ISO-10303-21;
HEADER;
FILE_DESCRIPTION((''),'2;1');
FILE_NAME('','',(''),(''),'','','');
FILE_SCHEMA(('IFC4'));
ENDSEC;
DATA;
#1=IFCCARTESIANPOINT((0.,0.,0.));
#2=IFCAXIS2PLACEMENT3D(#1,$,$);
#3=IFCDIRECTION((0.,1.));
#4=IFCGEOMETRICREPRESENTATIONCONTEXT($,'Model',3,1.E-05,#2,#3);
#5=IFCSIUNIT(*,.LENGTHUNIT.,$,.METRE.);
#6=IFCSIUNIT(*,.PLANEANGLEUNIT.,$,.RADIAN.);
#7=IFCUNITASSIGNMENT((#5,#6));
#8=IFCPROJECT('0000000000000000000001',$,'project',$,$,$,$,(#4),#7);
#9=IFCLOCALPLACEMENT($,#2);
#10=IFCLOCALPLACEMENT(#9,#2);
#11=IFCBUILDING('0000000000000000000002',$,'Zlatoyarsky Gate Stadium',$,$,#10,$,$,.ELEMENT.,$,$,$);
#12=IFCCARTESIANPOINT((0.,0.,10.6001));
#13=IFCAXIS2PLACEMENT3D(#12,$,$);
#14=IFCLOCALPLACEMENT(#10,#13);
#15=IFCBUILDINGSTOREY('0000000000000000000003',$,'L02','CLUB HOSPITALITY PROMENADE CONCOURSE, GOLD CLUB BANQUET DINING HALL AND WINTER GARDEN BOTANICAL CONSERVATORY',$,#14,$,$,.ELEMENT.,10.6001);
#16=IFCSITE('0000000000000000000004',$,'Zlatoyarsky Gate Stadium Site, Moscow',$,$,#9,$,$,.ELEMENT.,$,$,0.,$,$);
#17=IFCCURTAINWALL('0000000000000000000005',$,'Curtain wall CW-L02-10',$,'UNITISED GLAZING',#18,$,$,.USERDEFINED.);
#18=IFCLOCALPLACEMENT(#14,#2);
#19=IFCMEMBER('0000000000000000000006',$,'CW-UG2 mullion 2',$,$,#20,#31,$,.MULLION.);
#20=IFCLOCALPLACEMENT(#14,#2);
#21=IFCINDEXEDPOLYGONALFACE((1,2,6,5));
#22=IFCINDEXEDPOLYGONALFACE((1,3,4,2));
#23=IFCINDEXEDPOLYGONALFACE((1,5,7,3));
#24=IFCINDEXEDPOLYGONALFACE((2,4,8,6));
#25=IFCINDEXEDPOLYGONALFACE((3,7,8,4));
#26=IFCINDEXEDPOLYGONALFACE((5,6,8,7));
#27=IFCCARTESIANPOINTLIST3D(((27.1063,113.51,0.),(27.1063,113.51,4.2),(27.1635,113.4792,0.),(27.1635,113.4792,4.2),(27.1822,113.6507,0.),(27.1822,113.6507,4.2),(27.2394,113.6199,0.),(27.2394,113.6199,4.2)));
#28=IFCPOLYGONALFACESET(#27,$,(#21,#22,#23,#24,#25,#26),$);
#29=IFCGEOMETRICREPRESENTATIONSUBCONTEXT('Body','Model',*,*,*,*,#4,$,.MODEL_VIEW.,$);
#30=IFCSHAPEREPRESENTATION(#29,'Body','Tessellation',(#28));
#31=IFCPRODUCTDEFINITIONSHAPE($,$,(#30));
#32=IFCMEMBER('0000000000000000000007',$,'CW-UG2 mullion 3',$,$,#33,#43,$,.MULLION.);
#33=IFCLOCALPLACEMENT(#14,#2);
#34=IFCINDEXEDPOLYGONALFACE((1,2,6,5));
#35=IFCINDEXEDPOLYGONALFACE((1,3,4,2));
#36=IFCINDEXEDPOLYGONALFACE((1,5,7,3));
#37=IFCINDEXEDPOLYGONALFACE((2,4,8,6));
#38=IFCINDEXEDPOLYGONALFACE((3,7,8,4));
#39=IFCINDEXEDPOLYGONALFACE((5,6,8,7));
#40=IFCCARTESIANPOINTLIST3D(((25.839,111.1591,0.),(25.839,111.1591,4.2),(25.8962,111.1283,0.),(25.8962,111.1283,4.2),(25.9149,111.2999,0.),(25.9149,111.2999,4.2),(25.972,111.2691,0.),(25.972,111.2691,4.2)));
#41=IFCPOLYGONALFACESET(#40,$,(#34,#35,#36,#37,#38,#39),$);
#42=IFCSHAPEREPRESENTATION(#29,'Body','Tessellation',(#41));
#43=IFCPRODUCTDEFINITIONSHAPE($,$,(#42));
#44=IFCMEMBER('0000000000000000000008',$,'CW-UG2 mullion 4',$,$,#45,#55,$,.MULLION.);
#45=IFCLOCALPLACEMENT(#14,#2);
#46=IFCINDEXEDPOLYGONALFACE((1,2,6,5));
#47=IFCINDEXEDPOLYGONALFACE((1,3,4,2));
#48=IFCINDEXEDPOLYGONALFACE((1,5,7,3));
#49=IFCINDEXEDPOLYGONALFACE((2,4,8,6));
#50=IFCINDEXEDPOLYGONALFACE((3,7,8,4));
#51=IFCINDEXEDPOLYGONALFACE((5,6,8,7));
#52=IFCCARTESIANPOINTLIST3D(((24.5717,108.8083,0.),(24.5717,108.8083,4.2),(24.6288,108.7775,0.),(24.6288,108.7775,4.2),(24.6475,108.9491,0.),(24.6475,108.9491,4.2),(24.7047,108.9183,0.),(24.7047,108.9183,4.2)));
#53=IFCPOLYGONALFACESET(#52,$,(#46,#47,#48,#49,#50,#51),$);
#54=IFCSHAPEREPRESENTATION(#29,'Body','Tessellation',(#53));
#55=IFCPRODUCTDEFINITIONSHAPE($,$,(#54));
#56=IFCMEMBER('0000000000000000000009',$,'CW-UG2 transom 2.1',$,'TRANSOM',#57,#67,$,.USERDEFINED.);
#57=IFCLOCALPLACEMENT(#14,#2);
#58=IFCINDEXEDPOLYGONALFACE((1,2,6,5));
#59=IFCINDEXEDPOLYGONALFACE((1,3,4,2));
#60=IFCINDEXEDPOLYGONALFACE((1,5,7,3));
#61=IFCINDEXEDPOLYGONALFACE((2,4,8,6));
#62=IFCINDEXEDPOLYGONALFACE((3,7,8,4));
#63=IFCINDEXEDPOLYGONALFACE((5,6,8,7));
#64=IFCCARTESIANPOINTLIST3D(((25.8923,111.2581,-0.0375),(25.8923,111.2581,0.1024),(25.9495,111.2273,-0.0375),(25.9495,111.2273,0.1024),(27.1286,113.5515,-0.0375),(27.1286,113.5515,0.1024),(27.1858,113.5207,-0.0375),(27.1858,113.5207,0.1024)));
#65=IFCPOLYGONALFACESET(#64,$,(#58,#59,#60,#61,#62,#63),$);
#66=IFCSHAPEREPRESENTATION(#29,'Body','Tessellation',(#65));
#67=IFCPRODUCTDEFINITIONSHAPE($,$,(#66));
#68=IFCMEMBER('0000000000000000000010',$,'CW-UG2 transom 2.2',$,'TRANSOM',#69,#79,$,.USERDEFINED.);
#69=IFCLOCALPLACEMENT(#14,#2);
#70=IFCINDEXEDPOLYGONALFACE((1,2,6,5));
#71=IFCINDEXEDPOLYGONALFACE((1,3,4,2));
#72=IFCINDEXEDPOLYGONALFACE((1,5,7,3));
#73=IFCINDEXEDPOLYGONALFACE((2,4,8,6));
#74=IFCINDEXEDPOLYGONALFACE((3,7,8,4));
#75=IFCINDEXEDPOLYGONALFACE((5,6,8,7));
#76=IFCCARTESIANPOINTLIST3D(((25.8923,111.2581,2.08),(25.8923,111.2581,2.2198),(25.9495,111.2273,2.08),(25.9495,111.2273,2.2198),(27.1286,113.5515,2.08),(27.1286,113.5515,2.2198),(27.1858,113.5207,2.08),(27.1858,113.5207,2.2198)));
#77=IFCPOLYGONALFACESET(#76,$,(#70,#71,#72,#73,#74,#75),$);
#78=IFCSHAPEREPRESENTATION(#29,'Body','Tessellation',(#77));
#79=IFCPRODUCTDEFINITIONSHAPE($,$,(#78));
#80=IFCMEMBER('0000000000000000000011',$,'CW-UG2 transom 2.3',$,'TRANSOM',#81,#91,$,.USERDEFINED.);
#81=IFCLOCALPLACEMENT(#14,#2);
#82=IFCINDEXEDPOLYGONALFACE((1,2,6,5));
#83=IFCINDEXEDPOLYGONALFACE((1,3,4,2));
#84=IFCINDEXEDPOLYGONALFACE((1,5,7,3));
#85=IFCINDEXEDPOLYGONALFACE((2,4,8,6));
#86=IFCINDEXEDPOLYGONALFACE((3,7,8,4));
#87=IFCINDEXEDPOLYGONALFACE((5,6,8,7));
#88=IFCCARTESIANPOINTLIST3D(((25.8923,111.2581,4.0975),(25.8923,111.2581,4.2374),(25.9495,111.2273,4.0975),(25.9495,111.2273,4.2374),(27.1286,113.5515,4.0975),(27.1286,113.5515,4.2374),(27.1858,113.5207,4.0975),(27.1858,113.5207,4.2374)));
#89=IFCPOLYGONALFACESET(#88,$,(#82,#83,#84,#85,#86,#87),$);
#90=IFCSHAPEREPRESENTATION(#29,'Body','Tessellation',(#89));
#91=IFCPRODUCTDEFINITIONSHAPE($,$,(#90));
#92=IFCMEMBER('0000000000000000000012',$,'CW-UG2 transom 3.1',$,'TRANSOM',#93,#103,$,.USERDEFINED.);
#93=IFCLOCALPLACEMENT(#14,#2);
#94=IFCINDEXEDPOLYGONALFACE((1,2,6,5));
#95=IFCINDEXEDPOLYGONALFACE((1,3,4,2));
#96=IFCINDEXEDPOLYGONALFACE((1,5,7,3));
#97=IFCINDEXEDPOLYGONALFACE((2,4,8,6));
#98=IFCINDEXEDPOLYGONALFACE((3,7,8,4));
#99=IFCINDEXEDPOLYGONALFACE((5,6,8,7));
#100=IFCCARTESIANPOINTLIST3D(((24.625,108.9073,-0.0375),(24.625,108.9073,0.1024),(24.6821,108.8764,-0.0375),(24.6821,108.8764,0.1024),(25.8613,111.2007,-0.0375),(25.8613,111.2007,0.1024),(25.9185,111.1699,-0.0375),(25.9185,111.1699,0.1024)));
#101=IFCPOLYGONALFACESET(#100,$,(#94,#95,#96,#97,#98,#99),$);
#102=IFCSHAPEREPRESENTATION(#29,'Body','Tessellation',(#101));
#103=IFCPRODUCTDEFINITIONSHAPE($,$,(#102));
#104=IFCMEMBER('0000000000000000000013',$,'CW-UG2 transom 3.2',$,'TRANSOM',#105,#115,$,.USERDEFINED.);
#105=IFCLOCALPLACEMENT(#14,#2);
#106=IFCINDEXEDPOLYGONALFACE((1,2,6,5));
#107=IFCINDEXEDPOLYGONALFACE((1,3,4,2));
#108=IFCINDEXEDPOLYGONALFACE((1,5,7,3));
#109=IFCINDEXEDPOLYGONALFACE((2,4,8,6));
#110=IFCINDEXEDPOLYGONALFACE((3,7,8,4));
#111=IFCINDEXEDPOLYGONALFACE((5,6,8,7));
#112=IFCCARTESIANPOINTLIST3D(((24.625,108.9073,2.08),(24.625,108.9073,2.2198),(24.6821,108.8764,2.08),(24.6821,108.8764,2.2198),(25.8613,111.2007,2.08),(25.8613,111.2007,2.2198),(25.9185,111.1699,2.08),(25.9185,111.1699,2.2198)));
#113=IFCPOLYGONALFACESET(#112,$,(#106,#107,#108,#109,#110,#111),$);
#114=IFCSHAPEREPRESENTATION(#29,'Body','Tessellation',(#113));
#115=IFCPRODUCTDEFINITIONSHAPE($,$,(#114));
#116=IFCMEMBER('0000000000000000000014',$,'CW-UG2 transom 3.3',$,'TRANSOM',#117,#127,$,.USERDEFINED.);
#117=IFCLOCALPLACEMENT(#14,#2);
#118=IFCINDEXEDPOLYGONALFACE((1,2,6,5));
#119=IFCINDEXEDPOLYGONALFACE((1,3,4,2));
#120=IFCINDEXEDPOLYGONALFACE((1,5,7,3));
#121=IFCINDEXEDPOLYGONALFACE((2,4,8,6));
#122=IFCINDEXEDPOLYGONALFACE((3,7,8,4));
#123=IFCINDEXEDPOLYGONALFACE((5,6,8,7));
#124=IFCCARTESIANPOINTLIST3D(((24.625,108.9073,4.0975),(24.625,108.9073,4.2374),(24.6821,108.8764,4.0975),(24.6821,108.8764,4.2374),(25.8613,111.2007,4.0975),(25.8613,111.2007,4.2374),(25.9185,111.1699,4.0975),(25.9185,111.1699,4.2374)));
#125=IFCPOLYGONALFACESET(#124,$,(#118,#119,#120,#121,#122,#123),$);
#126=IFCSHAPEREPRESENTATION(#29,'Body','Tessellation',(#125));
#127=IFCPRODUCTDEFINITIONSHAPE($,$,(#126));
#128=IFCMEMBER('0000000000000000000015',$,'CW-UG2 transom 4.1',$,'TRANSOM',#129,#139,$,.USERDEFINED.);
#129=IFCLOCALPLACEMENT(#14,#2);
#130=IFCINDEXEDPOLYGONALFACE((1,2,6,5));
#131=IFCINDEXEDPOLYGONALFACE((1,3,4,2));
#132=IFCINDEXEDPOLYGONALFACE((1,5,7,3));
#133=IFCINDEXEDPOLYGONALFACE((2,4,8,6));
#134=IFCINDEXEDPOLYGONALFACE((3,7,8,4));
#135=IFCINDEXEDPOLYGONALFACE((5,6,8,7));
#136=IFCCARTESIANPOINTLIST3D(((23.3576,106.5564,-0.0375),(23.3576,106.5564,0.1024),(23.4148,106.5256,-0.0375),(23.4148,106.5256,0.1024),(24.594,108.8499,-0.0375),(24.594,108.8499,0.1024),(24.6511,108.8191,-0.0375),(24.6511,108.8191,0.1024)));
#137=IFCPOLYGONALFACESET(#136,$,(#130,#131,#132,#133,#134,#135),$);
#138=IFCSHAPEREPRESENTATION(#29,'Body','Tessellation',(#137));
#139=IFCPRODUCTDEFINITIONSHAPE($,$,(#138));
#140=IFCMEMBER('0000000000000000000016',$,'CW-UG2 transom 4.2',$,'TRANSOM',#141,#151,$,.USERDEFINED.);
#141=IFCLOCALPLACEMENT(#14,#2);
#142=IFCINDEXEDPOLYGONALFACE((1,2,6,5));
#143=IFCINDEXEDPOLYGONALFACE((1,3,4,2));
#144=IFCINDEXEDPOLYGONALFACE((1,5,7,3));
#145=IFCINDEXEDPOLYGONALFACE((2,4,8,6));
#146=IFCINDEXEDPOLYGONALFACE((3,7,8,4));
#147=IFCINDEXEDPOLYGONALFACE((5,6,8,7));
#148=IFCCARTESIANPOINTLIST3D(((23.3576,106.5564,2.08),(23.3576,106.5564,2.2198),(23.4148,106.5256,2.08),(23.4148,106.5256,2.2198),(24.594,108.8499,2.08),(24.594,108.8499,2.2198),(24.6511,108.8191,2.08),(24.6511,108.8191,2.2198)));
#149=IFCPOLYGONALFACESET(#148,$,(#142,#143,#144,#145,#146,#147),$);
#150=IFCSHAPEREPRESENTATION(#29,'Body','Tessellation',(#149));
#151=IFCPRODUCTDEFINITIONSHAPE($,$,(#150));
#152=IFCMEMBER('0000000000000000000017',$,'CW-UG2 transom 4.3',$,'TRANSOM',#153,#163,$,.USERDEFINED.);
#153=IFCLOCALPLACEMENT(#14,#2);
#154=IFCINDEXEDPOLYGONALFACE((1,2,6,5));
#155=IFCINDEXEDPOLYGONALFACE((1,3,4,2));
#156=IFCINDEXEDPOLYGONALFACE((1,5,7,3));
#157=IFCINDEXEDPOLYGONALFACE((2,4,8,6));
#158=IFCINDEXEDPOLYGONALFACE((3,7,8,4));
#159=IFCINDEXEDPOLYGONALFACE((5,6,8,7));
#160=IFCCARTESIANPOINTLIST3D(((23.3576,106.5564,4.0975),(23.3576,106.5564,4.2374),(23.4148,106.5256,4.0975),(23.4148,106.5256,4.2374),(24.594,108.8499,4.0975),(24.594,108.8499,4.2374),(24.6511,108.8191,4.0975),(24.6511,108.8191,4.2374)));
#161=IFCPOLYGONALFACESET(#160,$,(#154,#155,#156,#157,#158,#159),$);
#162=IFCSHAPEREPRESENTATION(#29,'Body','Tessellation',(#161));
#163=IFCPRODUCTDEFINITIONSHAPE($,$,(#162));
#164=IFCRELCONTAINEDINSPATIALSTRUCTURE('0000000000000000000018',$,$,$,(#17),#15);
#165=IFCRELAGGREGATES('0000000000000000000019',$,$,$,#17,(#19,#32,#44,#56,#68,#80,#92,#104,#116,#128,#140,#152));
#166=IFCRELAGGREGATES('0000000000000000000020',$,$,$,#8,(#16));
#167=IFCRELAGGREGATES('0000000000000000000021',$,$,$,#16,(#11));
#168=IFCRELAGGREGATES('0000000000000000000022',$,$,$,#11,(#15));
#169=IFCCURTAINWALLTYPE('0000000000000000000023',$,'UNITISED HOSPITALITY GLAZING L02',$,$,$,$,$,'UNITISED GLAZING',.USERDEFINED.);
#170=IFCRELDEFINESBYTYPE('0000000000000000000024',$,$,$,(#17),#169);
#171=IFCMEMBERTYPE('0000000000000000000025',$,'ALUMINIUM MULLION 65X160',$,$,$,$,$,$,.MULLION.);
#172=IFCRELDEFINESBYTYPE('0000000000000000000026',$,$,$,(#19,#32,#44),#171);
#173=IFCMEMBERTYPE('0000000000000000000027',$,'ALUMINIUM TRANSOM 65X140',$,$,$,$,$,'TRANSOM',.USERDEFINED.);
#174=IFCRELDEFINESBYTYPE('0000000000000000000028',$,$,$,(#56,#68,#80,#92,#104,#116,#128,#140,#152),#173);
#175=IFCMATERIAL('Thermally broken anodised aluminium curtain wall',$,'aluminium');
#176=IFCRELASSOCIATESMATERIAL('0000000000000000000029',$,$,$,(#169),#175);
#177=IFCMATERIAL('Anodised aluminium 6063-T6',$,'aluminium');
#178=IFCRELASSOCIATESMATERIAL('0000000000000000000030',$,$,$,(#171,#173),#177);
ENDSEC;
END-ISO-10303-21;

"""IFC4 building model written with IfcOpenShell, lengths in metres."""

from ifc_helpers import new_model, si_unit, direction, frame, origin, origin_2d, place, context, subcontext, project, spatial, rectangle, extrude, material, material_profile, profile_set, type_object, element, aggregate, save


model = new_model("IFC4")

# Units and contexts
model_context = context("Model", 3, precision=1e-05, world=origin(), true_north=direction((0.0, 1.0)))
body_context = subcontext(model_context, "Body", "Model", "MODEL_VIEW")
ifc_project = project(units=[si_unit("LENGTHUNIT", "METRE"), si_unit("PLANEANGLEUNIT", "RADIAN")], contexts=[model_context])

# Site, building, storey
site_placement = place(None, origin())
site = spatial("IfcSite", under=ifc_project, at=site_placement, Name="Zlatoyarsky Gate Stadium Site, Moscow", CompositionType="ELEMENT", RefElevation=0.0)
building_placement = place(site_placement, origin())
building = spatial("IfcBuilding", under=site, at=building_placement, Name="Zlatoyarsky Gate Stadium", CompositionType="ELEMENT")
storey_placement = place(building_placement, frame((0.0, 0.0, 10.6001)))
storey = spatial("IfcBuildingStorey", under=building, at=storey_placement, Name="L02", Description="CLUB HOSPITALITY PROMENADE CONCOURSE, GOLD CLUB BANQUET DINING HALL AND WINTER GARDEN BOTANICAL CONSERVATORY", CompositionType="ELEMENT", Elevation=10.6001)

# Curtain wall, members
ifc_material_1 = material(Name="Thermally broken anodised aluminium curtain wall", Category="aluminium")
curtain_wall_type = type_object("IfcCurtainWallType", Name="UNITISED HOSPITALITY GLAZING L02", ElementType="UNITISED GLAZING", PredefinedType="USERDEFINED", material=ifc_material_1)
curtain_wall_placement = place(storey_placement, origin())
curtain_wall = element("IfcCurtainWall", 1, at=curtain_wall_placement, inside=storey, type_object=curtain_wall_type, Name="Curtain wall CW-L02-10", ObjectType="UNITISED GLAZING", PredefinedType="USERDEFINED")
ifc_material_2 = material(Name="Anodised aluminium 6063-T6", Category="aluminium")
ifc_material_profile_1 = material_profile(ifc_material_2, rectangle(XDim=0.0649, YDim=0.1599, at=origin_2d()), Name="ALU 65X160")
ifc_profile_set_1 = profile_set([ifc_material_profile_1], Name="Anodised aluminium 6063-T6")
member_type_1 = type_object("IfcMemberType", Name="ALUMINIUM MULLION 65X160", PredefinedType="MULLION", material=ifc_profile_set_1)
member_1_placement = place(storey_placement, frame((27.1729, 113.5649, 0.0), z_axis=(0.0, 0.0, 1.0), x_axis=(0.880236, -0.474536, 0.0)))
member_1 = element("IfcMember", 2, at=member_1_placement, type_object=member_type_1, Name="CW-UG2 mullion 2", PredefinedType="MULLION", context=body_context, shape_type="SweptSolid", body=[
    extrude(rectangle(XDim=0.0649, YDim=0.1599, at=origin_2d()), origin(), (0.0, 0.0, 1.0), 4.2),
])
member_2_placement = place(storey_placement, frame((25.9055, 111.2141, 0.0), z_axis=(0.0, 0.0, 1.0), x_axis=(0.880236, -0.474536, 0.0)))
member_2 = element("IfcMember", 3, at=member_2_placement, type_object=member_type_1, Name="CW-UG2 mullion 3", PredefinedType="MULLION", context=body_context, shape_type="SweptSolid", body=[
    extrude(rectangle(XDim=0.0649, YDim=0.1599, at=origin_2d()), origin(), (0.0, 0.0, 1.0), 4.2),
])
member_3_placement = place(storey_placement, frame((24.6382, 108.8633, 0.0), z_axis=(0.0, 0.0, 1.0), x_axis=(0.880236, -0.474536, 0.0)))
member_3 = element("IfcMember", 4, at=member_3_placement, type_object=member_type_1, Name="CW-UG2 mullion 4", PredefinedType="MULLION", context=body_context, shape_type="SweptSolid", body=[
    extrude(rectangle(XDim=0.0649, YDim=0.1599, at=origin_2d()), origin(), (0.0, 0.0, 1.0), 4.2),
])
ifc_material_profile_2 = material_profile(ifc_material_2, rectangle(XDim=0.0649, YDim=0.1399, at=origin_2d()), Name="ALU 65X140")
ifc_profile_set_2 = profile_set([ifc_material_profile_2], Name="Anodised aluminium 6063-T6")
member_type_2 = type_object("IfcMemberType", Name="ALUMINIUM TRANSOM 65X140", ElementType="TRANSOM", PredefinedType="USERDEFINED", material=ifc_profile_set_2)
member_4_placement = place(storey_placement, frame((27.1572, 113.5361, 0.0325), z_axis=(-0.474513, -0.880248, 0.0), x_axis=(0.880248, -0.474513, 0.0)))
member_4 = element("IfcMember", 5, at=member_4_placement, type_object=member_type_2, Name="CW-UG2 transom 2.1", ObjectType="TRANSOM", PredefinedType="USERDEFINED", context=body_context, shape_type="SweptSolid", body=[
    extrude(rectangle(XDim=0.0649, YDim=0.1399, at=origin_2d()), origin(), (0.0, 0.0, 1.0), 2.6055),
])
member_5_placement = place(storey_placement, frame((27.1572, 113.5361, 2.1499), z_axis=(-0.474513, -0.880248, 0.0), x_axis=(0.880248, -0.474513, 0.0)))
member_5 = element("IfcMember", 6, at=member_5_placement, type_object=member_type_2, Name="CW-UG2 transom 2.2", ObjectType="TRANSOM", PredefinedType="USERDEFINED", context=body_context, shape_type="SweptSolid", body=[
    extrude(rectangle(XDim=0.0649, YDim=0.1399, at=origin_2d()), origin(), (0.0, 0.0, 1.0), 2.6055),
])
member_6_placement = place(storey_placement, frame((27.1572, 113.5361, 4.1675), z_axis=(-0.474513, -0.880248, 0.0), x_axis=(0.880248, -0.474513, 0.0)))
member_6 = element("IfcMember", 7, at=member_6_placement, type_object=member_type_2, Name="CW-UG2 transom 2.3", ObjectType="TRANSOM", PredefinedType="USERDEFINED", context=body_context, shape_type="SweptSolid", body=[
    extrude(rectangle(XDim=0.0649, YDim=0.1399, at=origin_2d()), origin(), (0.0, 0.0, 1.0), 2.6055),
])
member_7_placement = place(storey_placement, frame((25.8899, 111.1853, 0.0325), z_axis=(-0.474513, -0.880248, 0.0), x_axis=(0.880248, -0.474513, 0.0)))
member_7 = element("IfcMember", 8, at=member_7_placement, type_object=member_type_2, Name="CW-UG2 transom 3.1", ObjectType="TRANSOM", PredefinedType="USERDEFINED", context=body_context, shape_type="SweptSolid", body=[
    extrude(rectangle(XDim=0.0649, YDim=0.1399, at=origin_2d()), origin(), (0.0, 0.0, 1.0), 2.6055),
])
member_8_placement = place(storey_placement, frame((25.8899, 111.1853, 2.1499), z_axis=(-0.474513, -0.880248, 0.0), x_axis=(0.880248, -0.474513, 0.0)))
member_8 = element("IfcMember", 9, at=member_8_placement, type_object=member_type_2, Name="CW-UG2 transom 3.2", ObjectType="TRANSOM", PredefinedType="USERDEFINED", context=body_context, shape_type="SweptSolid", body=[
    extrude(rectangle(XDim=0.0649, YDim=0.1399, at=origin_2d()), origin(), (0.0, 0.0, 1.0), 2.6055),
])
member_9_placement = place(storey_placement, frame((25.8899, 111.1853, 4.1675), z_axis=(-0.474513, -0.880248, 0.0), x_axis=(0.880248, -0.474513, 0.0)))
member_9 = element("IfcMember", 10, at=member_9_placement, type_object=member_type_2, Name="CW-UG2 transom 3.3", ObjectType="TRANSOM", PredefinedType="USERDEFINED", context=body_context, shape_type="SweptSolid", body=[
    extrude(rectangle(XDim=0.0649, YDim=0.1399, at=origin_2d()), origin(), (0.0, 0.0, 1.0), 2.6055),
])
member_10_placement = place(storey_placement, frame((24.6226, 108.8345, 0.0325), z_axis=(-0.474513, -0.880248, 0.0), x_axis=(0.880248, -0.474513, 0.0)))
member_10 = element("IfcMember", 11, at=member_10_placement, type_object=member_type_2, Name="CW-UG2 transom 4.1", ObjectType="TRANSOM", PredefinedType="USERDEFINED", context=body_context, shape_type="SweptSolid", body=[
    extrude(rectangle(XDim=0.0649, YDim=0.1399, at=origin_2d()), origin(), (0.0, 0.0, 1.0), 2.6055),
])
member_11_placement = place(storey_placement, frame((24.6226, 108.8345, 2.1499), z_axis=(-0.474513, -0.880248, 0.0), x_axis=(0.880248, -0.474513, 0.0)))
member_11 = element("IfcMember", 12, at=member_11_placement, type_object=member_type_2, Name="CW-UG2 transom 4.2", ObjectType="TRANSOM", PredefinedType="USERDEFINED", context=body_context, shape_type="SweptSolid", body=[
    extrude(rectangle(XDim=0.0649, YDim=0.1399, at=origin_2d()), origin(), (0.0, 0.0, 1.0), 2.6055),
])
member_12_placement = place(storey_placement, frame((24.6226, 108.8345, 4.1675), z_axis=(-0.474513, -0.880248, 0.0), x_axis=(0.880248, -0.474513, 0.0)))
member_12 = element("IfcMember", 13, at=member_12_placement, type_object=member_type_2, Name="CW-UG2 transom 4.3", ObjectType="TRANSOM", PredefinedType="USERDEFINED", context=body_context, shape_type="SweptSolid", body=[
    extrude(rectangle(XDim=0.0649, YDim=0.1399, at=origin_2d()), origin(), (0.0, 0.0, 1.0), 2.6055),
])

aggregate(curtain_wall, [member_1, member_2, member_3, member_4, member_5, member_6, member_7, member_8, member_9, member_10, member_11, member_12])

save(model, "model.ifc")
